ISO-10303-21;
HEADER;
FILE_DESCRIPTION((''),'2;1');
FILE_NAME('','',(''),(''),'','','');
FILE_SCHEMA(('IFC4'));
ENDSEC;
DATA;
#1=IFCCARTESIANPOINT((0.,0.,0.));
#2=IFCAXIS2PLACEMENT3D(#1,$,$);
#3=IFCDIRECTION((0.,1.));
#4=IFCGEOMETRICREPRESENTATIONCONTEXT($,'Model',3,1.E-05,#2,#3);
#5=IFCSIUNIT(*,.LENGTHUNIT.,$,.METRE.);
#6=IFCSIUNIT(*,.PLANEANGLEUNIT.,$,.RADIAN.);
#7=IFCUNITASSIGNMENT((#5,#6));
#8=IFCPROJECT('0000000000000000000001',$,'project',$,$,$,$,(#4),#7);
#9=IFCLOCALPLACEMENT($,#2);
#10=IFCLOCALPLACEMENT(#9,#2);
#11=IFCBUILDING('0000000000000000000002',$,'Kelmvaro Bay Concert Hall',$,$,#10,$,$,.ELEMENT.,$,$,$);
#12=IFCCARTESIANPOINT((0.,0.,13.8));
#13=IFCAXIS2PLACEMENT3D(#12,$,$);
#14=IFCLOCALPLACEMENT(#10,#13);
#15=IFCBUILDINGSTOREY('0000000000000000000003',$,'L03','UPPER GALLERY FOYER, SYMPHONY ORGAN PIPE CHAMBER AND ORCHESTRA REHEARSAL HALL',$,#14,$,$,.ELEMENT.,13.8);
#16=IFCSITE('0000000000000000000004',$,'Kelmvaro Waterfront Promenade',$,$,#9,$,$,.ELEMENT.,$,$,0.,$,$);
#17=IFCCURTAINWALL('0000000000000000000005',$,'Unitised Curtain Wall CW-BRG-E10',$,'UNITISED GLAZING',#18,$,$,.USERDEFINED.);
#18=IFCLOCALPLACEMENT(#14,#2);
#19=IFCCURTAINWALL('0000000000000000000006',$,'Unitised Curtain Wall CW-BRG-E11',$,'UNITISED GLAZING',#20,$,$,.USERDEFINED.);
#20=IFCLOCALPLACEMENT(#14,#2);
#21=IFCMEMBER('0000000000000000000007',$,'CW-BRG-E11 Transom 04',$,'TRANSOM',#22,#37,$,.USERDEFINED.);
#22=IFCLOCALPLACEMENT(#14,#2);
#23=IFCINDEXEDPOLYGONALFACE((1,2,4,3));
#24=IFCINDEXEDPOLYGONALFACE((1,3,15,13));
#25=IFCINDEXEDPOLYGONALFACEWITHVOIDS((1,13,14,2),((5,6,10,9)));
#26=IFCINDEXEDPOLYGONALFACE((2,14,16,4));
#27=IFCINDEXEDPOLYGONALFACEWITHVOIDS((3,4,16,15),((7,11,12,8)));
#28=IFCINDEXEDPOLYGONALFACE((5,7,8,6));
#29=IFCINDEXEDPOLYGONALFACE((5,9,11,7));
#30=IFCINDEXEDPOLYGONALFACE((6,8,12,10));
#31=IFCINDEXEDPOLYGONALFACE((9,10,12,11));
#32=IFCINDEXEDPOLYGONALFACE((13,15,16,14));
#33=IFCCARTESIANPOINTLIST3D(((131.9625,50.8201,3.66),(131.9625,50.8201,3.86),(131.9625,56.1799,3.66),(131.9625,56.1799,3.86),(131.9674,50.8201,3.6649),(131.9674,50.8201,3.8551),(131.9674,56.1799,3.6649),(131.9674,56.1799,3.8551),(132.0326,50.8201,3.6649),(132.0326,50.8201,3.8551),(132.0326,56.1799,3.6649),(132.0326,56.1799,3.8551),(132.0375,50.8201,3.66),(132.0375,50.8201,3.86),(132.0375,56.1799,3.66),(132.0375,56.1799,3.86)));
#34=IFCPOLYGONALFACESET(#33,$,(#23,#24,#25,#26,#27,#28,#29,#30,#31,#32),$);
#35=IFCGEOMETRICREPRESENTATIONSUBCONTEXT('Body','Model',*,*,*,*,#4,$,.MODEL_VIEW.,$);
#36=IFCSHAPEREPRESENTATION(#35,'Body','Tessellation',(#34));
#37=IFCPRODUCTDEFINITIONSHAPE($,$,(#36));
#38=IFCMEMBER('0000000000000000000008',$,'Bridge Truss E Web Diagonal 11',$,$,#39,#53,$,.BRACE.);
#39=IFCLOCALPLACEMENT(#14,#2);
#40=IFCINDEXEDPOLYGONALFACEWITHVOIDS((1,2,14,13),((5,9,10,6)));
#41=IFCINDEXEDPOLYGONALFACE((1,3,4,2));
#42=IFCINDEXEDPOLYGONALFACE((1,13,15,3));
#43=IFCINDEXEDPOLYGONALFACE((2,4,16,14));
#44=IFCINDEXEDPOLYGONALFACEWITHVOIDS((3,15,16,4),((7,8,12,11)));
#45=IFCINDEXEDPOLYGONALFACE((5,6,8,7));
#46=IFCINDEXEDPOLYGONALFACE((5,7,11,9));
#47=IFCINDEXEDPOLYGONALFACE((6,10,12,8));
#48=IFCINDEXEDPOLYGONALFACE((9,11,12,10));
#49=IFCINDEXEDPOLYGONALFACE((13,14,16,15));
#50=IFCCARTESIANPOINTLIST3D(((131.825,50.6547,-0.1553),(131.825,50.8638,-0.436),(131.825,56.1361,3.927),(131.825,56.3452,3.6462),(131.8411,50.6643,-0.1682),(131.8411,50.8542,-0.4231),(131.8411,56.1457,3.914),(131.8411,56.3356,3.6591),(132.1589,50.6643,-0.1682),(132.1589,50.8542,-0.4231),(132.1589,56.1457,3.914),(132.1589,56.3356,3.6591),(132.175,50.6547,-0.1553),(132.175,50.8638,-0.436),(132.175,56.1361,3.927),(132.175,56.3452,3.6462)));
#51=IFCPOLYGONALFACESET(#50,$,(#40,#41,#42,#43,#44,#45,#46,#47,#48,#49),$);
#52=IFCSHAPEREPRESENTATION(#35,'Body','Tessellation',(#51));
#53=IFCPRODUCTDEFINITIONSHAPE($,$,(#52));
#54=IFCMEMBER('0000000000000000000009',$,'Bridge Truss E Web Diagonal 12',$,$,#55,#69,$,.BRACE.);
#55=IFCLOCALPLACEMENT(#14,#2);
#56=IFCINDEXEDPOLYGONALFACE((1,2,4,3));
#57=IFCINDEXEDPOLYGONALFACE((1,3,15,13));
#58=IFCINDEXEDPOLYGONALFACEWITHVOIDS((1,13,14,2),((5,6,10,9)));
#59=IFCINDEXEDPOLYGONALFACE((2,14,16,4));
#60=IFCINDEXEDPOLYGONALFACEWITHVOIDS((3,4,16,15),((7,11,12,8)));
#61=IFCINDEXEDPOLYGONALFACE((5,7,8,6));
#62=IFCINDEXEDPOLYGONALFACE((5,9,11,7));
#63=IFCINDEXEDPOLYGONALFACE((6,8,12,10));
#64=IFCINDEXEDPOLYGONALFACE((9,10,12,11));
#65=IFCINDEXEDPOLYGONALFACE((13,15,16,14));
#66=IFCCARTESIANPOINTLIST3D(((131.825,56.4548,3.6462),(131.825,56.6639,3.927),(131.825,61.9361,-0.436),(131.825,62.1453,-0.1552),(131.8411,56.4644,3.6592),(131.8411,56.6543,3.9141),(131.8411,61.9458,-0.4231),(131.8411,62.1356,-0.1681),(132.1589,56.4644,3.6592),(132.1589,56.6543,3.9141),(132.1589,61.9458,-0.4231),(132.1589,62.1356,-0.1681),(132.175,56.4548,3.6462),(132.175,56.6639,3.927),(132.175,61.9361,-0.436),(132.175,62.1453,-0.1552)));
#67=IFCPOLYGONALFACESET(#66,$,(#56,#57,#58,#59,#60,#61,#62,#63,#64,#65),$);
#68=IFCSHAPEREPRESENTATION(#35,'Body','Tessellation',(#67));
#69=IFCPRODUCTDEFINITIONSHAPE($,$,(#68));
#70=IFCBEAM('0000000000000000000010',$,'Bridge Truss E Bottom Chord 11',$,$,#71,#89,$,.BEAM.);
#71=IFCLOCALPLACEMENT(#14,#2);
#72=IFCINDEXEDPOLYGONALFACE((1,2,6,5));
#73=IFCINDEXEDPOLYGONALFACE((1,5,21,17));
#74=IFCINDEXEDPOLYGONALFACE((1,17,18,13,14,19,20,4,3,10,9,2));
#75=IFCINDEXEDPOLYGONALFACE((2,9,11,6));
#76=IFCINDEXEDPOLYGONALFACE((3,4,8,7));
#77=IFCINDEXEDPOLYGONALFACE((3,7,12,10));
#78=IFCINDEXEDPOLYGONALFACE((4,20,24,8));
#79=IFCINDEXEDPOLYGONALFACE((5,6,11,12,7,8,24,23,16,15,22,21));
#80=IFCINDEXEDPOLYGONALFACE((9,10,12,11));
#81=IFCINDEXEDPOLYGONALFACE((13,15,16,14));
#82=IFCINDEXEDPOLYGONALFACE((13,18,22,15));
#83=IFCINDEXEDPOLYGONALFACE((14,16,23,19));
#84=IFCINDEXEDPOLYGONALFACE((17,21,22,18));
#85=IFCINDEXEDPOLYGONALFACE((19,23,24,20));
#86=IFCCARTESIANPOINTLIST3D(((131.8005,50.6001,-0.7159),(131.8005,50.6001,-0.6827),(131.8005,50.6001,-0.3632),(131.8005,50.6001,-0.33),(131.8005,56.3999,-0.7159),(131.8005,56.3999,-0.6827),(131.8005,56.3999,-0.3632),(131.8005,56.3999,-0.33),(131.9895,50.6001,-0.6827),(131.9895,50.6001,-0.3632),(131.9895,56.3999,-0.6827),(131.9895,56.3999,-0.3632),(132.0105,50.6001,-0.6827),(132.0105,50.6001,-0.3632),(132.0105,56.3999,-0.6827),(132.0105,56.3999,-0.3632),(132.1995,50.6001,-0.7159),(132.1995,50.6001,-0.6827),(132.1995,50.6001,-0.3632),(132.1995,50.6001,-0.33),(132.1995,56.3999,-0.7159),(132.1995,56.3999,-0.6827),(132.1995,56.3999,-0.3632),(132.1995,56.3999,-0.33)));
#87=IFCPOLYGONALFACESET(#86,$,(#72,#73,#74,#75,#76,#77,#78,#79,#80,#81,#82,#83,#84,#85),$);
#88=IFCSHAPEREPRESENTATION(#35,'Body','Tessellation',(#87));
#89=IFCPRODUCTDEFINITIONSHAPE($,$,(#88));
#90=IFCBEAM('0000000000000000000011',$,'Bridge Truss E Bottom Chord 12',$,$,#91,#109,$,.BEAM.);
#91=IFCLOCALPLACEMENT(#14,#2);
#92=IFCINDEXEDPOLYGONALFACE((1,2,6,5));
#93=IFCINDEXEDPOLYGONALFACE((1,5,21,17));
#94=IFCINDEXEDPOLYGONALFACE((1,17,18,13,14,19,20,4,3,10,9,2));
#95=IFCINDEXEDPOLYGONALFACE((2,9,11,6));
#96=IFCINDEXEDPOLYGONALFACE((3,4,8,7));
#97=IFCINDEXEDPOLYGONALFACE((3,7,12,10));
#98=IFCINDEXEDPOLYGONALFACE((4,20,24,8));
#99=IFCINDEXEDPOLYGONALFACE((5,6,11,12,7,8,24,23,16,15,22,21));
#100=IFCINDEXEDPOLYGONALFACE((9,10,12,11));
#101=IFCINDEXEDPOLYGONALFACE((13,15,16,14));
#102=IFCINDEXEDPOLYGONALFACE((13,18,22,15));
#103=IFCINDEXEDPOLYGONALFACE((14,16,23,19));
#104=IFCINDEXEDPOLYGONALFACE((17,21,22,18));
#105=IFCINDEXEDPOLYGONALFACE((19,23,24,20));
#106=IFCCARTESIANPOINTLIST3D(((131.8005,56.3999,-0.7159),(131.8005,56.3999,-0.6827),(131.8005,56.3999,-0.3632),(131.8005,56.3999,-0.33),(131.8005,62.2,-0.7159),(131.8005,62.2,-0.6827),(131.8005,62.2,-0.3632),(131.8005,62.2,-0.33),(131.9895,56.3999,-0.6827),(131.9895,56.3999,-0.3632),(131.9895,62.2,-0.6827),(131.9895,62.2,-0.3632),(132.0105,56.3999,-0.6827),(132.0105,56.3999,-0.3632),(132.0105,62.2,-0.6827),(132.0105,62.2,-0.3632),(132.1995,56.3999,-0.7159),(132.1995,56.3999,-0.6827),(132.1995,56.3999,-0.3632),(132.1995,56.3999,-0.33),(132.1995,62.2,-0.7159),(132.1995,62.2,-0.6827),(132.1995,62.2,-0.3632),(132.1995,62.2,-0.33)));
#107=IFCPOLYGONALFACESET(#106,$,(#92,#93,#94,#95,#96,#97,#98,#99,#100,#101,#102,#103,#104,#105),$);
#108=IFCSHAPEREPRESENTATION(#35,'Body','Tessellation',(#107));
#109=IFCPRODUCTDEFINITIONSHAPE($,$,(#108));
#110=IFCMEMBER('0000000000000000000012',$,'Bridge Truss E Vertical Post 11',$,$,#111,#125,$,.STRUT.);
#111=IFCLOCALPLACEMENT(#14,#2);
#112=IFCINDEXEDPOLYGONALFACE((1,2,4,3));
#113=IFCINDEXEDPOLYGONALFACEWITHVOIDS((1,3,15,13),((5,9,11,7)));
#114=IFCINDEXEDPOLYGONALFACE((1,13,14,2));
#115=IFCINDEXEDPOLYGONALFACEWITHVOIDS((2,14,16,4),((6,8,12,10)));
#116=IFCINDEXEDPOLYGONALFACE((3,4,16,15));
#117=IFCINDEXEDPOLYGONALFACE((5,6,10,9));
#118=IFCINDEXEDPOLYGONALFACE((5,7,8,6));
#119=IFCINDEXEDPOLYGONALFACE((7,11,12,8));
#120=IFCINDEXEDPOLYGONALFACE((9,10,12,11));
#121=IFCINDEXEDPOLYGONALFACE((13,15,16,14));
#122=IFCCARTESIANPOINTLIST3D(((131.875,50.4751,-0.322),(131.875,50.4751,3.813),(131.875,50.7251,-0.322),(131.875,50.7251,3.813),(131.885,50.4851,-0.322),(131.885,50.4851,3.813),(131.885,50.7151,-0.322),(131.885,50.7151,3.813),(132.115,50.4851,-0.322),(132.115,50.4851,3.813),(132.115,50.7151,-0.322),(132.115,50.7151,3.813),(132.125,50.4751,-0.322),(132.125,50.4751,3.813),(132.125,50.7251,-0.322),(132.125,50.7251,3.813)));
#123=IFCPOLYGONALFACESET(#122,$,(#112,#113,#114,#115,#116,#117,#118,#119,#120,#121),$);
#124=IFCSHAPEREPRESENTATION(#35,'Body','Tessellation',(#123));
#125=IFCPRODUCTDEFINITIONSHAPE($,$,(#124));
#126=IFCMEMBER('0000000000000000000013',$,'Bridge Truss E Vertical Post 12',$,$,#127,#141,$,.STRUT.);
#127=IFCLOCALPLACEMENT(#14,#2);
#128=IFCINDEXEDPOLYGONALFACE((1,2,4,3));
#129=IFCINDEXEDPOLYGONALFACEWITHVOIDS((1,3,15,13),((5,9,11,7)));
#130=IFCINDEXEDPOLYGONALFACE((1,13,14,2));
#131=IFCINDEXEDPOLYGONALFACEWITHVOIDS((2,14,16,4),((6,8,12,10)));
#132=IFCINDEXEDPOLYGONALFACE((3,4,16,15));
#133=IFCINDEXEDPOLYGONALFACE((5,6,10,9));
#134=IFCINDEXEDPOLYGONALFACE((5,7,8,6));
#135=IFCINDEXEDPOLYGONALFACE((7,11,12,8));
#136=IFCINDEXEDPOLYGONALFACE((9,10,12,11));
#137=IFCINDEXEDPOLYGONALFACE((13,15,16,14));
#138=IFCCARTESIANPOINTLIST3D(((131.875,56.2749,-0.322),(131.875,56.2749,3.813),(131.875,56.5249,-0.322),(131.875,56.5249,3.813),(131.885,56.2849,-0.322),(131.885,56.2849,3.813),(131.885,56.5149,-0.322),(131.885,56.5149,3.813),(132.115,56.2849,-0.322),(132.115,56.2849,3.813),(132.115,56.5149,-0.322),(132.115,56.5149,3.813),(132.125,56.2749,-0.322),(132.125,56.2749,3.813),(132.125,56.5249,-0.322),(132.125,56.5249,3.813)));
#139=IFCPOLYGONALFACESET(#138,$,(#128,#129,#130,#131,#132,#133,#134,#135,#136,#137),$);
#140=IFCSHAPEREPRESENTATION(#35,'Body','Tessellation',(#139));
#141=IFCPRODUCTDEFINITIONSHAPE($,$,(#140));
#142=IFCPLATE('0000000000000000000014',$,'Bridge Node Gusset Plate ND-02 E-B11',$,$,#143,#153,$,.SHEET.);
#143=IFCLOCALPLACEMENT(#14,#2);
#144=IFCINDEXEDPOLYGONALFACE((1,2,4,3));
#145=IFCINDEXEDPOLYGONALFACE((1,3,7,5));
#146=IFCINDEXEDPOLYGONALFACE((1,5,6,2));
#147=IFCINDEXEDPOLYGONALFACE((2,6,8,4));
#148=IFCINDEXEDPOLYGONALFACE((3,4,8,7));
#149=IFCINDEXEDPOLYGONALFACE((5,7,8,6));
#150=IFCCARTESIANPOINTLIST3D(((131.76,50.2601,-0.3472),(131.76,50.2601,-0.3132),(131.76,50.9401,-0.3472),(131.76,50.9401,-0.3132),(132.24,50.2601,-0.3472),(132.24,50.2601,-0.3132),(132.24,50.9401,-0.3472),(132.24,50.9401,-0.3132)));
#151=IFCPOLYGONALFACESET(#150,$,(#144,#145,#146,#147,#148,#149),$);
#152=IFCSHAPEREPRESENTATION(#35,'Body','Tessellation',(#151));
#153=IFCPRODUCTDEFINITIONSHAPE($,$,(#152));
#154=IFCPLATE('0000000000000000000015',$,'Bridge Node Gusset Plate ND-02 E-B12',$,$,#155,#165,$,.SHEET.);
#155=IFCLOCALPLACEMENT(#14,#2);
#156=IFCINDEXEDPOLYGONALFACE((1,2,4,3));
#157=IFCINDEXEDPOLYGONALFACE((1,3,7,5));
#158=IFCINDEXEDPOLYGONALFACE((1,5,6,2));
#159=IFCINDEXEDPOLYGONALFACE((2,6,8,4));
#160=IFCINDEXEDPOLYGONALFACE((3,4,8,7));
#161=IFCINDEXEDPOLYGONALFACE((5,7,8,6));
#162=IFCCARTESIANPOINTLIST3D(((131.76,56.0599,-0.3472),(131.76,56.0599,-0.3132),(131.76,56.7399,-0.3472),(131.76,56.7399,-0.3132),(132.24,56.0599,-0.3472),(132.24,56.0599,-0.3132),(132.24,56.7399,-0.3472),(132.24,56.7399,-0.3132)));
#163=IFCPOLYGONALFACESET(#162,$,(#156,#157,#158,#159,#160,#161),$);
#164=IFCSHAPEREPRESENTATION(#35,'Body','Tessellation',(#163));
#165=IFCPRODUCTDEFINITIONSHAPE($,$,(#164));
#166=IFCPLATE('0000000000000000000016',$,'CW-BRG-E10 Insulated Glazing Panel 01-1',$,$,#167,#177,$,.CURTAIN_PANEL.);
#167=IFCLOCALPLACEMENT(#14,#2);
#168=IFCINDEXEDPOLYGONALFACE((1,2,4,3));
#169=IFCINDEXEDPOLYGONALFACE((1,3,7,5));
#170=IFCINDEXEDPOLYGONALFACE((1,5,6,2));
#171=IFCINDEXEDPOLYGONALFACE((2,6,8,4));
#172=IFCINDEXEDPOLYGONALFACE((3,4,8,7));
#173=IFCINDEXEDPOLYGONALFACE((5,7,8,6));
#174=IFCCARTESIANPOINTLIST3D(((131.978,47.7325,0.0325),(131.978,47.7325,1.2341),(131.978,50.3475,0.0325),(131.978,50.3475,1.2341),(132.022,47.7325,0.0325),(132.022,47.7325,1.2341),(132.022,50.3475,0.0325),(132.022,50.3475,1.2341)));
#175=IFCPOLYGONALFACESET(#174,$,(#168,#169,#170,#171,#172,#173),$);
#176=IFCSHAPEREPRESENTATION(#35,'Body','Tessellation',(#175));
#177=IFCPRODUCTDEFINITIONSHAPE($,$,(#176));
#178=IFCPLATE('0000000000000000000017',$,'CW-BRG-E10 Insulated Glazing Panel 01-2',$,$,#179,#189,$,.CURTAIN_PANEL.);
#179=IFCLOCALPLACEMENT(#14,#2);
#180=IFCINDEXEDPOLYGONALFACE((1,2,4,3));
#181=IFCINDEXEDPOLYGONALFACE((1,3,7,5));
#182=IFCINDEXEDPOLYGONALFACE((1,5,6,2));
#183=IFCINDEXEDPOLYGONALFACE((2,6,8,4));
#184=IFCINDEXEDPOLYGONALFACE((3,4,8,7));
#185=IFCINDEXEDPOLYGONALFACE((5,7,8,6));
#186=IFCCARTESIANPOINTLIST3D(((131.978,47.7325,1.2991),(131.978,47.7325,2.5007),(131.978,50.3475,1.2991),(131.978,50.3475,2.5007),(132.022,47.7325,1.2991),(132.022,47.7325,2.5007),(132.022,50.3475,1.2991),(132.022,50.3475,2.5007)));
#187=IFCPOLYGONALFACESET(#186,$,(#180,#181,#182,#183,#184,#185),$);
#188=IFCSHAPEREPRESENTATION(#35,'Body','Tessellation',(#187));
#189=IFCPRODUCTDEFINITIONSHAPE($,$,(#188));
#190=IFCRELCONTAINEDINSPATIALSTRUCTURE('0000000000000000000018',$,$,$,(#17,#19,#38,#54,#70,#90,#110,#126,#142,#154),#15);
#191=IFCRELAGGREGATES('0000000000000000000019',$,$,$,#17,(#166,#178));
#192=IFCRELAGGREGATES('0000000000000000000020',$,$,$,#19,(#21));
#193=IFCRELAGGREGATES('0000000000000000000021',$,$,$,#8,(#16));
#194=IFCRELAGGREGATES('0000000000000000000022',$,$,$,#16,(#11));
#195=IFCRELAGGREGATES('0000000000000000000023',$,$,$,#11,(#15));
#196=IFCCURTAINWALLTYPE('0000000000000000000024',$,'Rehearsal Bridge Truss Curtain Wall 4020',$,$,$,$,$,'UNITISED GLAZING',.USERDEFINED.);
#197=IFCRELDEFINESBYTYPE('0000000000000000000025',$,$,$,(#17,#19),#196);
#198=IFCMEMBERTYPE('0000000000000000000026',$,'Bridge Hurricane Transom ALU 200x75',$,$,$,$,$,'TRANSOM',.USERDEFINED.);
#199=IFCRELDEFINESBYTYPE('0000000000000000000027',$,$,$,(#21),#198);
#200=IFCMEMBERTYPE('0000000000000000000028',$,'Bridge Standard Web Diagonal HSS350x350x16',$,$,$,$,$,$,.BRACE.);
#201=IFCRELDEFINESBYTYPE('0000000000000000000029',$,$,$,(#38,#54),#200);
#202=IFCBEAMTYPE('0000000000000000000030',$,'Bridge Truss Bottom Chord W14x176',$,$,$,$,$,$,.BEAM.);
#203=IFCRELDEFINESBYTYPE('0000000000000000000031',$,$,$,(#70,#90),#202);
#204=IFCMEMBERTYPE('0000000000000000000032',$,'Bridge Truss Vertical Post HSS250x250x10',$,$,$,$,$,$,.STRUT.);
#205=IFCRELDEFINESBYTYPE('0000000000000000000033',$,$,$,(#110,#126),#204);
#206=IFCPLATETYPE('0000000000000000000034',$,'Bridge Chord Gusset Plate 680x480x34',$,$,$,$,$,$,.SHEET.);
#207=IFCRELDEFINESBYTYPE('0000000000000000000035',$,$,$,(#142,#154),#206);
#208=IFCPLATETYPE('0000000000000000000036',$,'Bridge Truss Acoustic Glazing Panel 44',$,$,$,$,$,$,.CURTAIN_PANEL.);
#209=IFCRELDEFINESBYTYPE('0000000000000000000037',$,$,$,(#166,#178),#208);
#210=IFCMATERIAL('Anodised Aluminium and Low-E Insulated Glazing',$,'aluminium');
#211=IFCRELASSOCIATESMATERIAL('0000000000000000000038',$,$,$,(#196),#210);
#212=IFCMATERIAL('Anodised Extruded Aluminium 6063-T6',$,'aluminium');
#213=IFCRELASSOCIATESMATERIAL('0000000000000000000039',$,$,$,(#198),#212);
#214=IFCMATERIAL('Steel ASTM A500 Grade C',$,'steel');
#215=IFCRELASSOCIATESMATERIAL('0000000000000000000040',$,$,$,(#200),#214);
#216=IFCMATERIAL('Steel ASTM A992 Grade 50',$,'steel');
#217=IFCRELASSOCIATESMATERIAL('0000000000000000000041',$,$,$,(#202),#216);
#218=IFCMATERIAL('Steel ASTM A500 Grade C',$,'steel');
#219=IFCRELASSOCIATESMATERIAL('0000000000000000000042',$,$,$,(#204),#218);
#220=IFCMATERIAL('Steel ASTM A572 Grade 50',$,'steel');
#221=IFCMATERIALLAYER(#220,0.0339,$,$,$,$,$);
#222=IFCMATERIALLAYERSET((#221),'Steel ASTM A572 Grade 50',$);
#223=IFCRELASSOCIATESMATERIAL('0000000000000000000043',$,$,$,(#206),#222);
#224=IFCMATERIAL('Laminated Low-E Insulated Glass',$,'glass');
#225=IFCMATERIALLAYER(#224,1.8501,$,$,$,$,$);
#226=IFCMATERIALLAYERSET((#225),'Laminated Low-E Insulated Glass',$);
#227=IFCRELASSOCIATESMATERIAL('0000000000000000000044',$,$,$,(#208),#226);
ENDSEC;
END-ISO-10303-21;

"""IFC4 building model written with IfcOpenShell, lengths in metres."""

from ifc_helpers import new_model, si_unit, direction, frame, origin, origin_2d, place, context, subcontext, project, spatial, rectangle, hollow_rectangle, i_section, extrude, material, layer, layer_set, material_profile, profile_set, type_object, element, aggregate, save


model = new_model("IFC4")

# Units and contexts
model_context = context("Model", 3, precision=1e-05, world=origin(), true_north=direction((0.0, 1.0)))
body_context = subcontext(model_context, "Body", "Model", "MODEL_VIEW")
ifc_project = project(units=[si_unit("LENGTHUNIT", "METRE"), si_unit("PLANEANGLEUNIT", "RADIAN")], contexts=[model_context])

# Site, building, storey
site_placement = place(None, origin())
site = spatial("IfcSite", under=ifc_project, at=site_placement, Name="Kelmvaro Waterfront Promenade", CompositionType="ELEMENT", RefElevation=0.0)
building_placement = place(site_placement, origin())
building = spatial("IfcBuilding", under=site, at=building_placement, Name="Kelmvaro Bay Concert Hall", CompositionType="ELEMENT")
storey_placement = place(building_placement, frame((0.0, 0.0, 13.8)))
storey = spatial("IfcBuildingStorey", under=building, at=storey_placement, Name="L03", Description="UPPER GALLERY FOYER, SYMPHONY ORGAN PIPE CHAMBER AND ORCHESTRA REHEARSAL HALL", CompositionType="ELEMENT", Elevation=13.8)

# Curtain wall
ifc_material_1 = material(Name="Anodised Aluminium and Low-E Insulated Glazing", Category="aluminium")
curtain_wall_type = type_object("IfcCurtainWallType", Name="Rehearsal Bridge Truss Curtain Wall 4020", ElementType="UNITISED GLAZING", PredefinedType="USERDEFINED", material=ifc_material_1)
curtain_wall_1_placement = place(storey_placement, origin())
curtain_wall_1 = element("IfcCurtainWall", 1, at=curtain_wall_1_placement, inside=storey, type_object=curtain_wall_type, Name="Unitised Curtain Wall CW-BRG-E10", ObjectType="UNITISED GLAZING", PredefinedType="USERDEFINED")

# Curtain wall
curtain_wall_2_placement = place(storey_placement, origin())
curtain_wall_2 = element("IfcCurtainWall", 2, at=curtain_wall_2_placement, inside=storey, type_object=curtain_wall_type, Name="Unitised Curtain Wall CW-BRG-E11", ObjectType="UNITISED GLAZING", PredefinedType="USERDEFINED")

# Member
ifc_material_2 = material(Name="Anodised Extruded Aluminium 6063-T6", Category="aluminium")
ifc_material_profile_1 = material_profile(ifc_material_2, hollow_rectangle(XDim=0.075, YDim=0.2, WallThickness=0.0049, at=origin_2d()), Name="ALU-TRN-200X75")
ifc_profile_set_1 = profile_set([ifc_material_profile_1], Name="Anodised Extruded Aluminium 6063-T6")
member_type_1 = type_object("IfcMemberType", Name="Bridge Hurricane Transom ALU 200x75", ElementType="TRANSOM", PredefinedType="USERDEFINED", material=ifc_profile_set_1)
member_1_placement = place(storey_placement, frame((132.0, 56.1799, 3.76), z_axis=(0.0, -1.0, 0.0), x_axis=(1.0, 0.0, 0.0)))
member_1 = element("IfcMember", 3, at=member_1_placement, type_object=member_type_1, Name="CW-BRG-E11 Transom 04", ObjectType="TRANSOM", PredefinedType="USERDEFINED", context=body_context, shape_type="SweptSolid", body=[
    extrude(hollow_rectangle(XDim=0.075, YDim=0.2, WallThickness=0.0049, at=origin_2d()), origin(), (0.0, 0.0, 1.0), 5.3599),
])

# Members
ifc_material_3 = material(Name="Steel ASTM A500 Grade C", Category="steel")
ifc_material_profile_2 = material_profile(ifc_material_3, hollow_rectangle(XDim=0.3501, YDim=0.3501, WallThickness=0.0161, at=origin_2d()), Name="HSS350X350X16")
ifc_profile_set_2 = profile_set([ifc_material_profile_2], Name="Steel ASTM A500 Grade C")
member_type_2 = type_object("IfcMemberType", Name="Bridge Standard Web Diagonal HSS350x350x16", PredefinedType="BRACE", material=ifc_profile_set_2)
for number, where, z_axis, x_axis, name in (
    (4, (132.0, 50.7593, -0.2957), (0.0, 0.802019, 0.597299), (-1.0, 0.0, 0.0), "Bridge Truss E Web Diagonal 11"),
    (5, (132.0, 56.5593, 3.7866), (0.0, 0.802019, -0.597299), (-1.0, 0.0, 0.0), "Bridge Truss E Web Diagonal 12"),
):
    element("IfcMember", number, at=place(storey_placement, frame(where, z_axis=z_axis, x_axis=x_axis)), inside=storey, type_object=member_type_2, Name=name, PredefinedType="BRACE", context=body_context, shape_type="SweptSolid", body=[
        extrude(hollow_rectangle(XDim=0.3501, YDim=0.3501, WallThickness=0.0161, at=origin_2d()), origin(), (0.0, 0.0, 1.0), 6.8345),
    ])

# Beams
ifc_material_4 = material(Name="Steel ASTM A992 Grade 50", Category="steel")
ifc_material_profile_3 = material_profile(ifc_material_4, i_section(OverallWidth=0.3989, OverallDepth=0.386, WebThickness=0.021, FlangeThickness=0.0332, at=origin_2d()), Name="W14X176")
ifc_profile_set_3 = profile_set([ifc_material_profile_3], Name="Steel ASTM A992 Grade 50")
beam_type = type_object("IfcBeamType", Name="Bridge Truss Bottom Chord W14x176", PredefinedType="BEAM", material=ifc_profile_set_3)
beam_1_placement = place(storey_placement, frame((132.0, 50.6001, -0.5229), z_axis=(0.0, 1.0, 0.0), x_axis=(-1.0, 0.0, 0.0)))
element("IfcBeam", 6, at=beam_1_placement, inside=storey, type_object=beam_type, Name="Bridge Truss E Bottom Chord 11", PredefinedType="BEAM", context=body_context, shape_type="SweptSolid", body=[
    extrude(i_section(OverallWidth=0.3989, OverallDepth=0.386, WebThickness=0.021, FlangeThickness=0.0332, at=origin_2d()), origin(), (0.0, 0.0, 1.0), 5.7998),
])
beam_2_placement = place(storey_placement, frame((132.0, 56.3999, -0.5229), z_axis=(0.0, 1.0, 0.0), x_axis=(-1.0, 0.0, 0.0)))
element("IfcBeam", 7, at=beam_2_placement, inside=storey, type_object=beam_type, Name="Bridge Truss E Bottom Chord 12", PredefinedType="BEAM", context=body_context, shape_type="SweptSolid", body=[
    extrude(i_section(OverallWidth=0.3989, OverallDepth=0.386, WebThickness=0.021, FlangeThickness=0.0332, at=origin_2d()), origin(), (0.0, 0.0, 1.0), 5.8),
])

# Members
ifc_material_5 = material(Name="Steel ASTM A500 Grade C", Category="steel")
ifc_material_profile_4 = material_profile(ifc_material_5, hollow_rectangle(XDim=0.25, YDim=0.25, WallThickness=0.01, at=origin_2d()), Name="HSS250X250X10")
ifc_profile_set_4 = profile_set([ifc_material_profile_4], Name="Steel ASTM A500 Grade C")
member_type_3 = type_object("IfcMemberType", Name="Bridge Truss Vertical Post HSS250x250x10", PredefinedType="STRUT", material=ifc_profile_set_4)
for number, where, z_axis, x_axis, name in (
    (8, (132.0, 50.6001, -0.322), (0.0, 0.0, 1.0), (1.0, 0.0, 0.0), "Bridge Truss E Vertical Post 11"),
    (9, (132.0, 56.3999, -0.322), (0.0, 0.0, 1.0), (1.0, 0.0, 0.0), "Bridge Truss E Vertical Post 12"),
):
    element("IfcMember", number, at=place(storey_placement, frame(where, z_axis=z_axis, x_axis=x_axis)), inside=storey, type_object=member_type_3, Name=name, PredefinedType="STRUT", context=body_context, shape_type="SweptSolid", body=[
        extrude(hollow_rectangle(XDim=0.25, YDim=0.25, WallThickness=0.01, at=origin_2d()), origin(), (0.0, 0.0, 1.0), 4.135),
    ])

# Plates
ifc_material_6 = material(Name="Steel ASTM A572 Grade 50", Category="steel")
ifc_layer_1 = layer(ifc_material_6, 0.0339)
ifc_layer_set_1 = layer_set([ifc_layer_1], Name="Steel ASTM A572 Grade 50")
plate_type_1 = type_object("IfcPlateType", Name="Bridge Chord Gusset Plate 680x480x34", PredefinedType="SHEET", material=ifc_layer_set_1)
for number, where, z_axis, x_axis, name in (
    (10, (132.0, 50.6001, -0.3472), (0.0, 0.0, 1.0), (0.0, 1.0, 0.0), "Bridge Node Gusset Plate ND-02 E-B11"),
    (11, (132.0, 56.3999, -0.3472), (0.0, 0.0, 1.0), (0.0, 1.0, 0.0), "Bridge Node Gusset Plate ND-02 E-B12"),
):
    element("IfcPlate", number, at=place(storey_placement, frame(where, z_axis=z_axis, x_axis=x_axis)), inside=storey, type_object=plate_type_1, Name=name, PredefinedType="SHEET", context=body_context, shape_type="SweptSolid", body=[
        extrude(rectangle(XDim=0.6799, YDim=0.48, at=origin_2d()), origin(), (0.0, 0.0, 1.0), 0.0339),
    ])

# Plates
ifc_material_7 = material(Name="Laminated Low-E Insulated Glass", Category="glass")
ifc_layer_2 = layer(ifc_material_7, 1.8501)
ifc_layer_set_2 = layer_set([ifc_layer_2], Name="Laminated Low-E Insulated Glass")
plate_type_2 = type_object("IfcPlateType", Name="Bridge Truss Acoustic Glazing Panel 44", PredefinedType="CURTAIN_PANEL", material=ifc_layer_set_2)
plate_1_placement = place(storey_placement, frame((132.0, 49.04, 0.0325), z_axis=(0.0, 0.0, 1.0), x_axis=(0.0, -1.0, 0.0)))
plate_1 = element("IfcPlate", 12, at=plate_1_placement, type_object=plate_type_2, Name="CW-BRG-E10 Insulated Glazing Panel 01-1", PredefinedType="CURTAIN_PANEL", context=body_context, shape_type="SweptSolid", body=[
    extrude(rectangle(XDim=2.615, YDim=0.0439, at=origin_2d()), origin(), (0.0, 0.0, 1.0), 1.2017),
])
plate_2_placement = place(storey_placement, frame((132.0, 49.04, 1.2991), z_axis=(0.0, 0.0, 1.0), x_axis=(0.0, -1.0, 0.0)))
plate_2 = element("IfcPlate", 13, at=plate_2_placement, type_object=plate_type_2, Name="CW-BRG-E10 Insulated Glazing Panel 01-2", PredefinedType="CURTAIN_PANEL", context=body_context, shape_type="SweptSolid", body=[
    extrude(rectangle(XDim=2.615, YDim=0.0439, at=origin_2d()), origin(), (0.0, 0.0, 1.0), 1.2017),
])
aggregate(curtain_wall_1, [plate_1, plate_2])
aggregate(curtain_wall_2, [member_1])

save(model, "model.ifc")
